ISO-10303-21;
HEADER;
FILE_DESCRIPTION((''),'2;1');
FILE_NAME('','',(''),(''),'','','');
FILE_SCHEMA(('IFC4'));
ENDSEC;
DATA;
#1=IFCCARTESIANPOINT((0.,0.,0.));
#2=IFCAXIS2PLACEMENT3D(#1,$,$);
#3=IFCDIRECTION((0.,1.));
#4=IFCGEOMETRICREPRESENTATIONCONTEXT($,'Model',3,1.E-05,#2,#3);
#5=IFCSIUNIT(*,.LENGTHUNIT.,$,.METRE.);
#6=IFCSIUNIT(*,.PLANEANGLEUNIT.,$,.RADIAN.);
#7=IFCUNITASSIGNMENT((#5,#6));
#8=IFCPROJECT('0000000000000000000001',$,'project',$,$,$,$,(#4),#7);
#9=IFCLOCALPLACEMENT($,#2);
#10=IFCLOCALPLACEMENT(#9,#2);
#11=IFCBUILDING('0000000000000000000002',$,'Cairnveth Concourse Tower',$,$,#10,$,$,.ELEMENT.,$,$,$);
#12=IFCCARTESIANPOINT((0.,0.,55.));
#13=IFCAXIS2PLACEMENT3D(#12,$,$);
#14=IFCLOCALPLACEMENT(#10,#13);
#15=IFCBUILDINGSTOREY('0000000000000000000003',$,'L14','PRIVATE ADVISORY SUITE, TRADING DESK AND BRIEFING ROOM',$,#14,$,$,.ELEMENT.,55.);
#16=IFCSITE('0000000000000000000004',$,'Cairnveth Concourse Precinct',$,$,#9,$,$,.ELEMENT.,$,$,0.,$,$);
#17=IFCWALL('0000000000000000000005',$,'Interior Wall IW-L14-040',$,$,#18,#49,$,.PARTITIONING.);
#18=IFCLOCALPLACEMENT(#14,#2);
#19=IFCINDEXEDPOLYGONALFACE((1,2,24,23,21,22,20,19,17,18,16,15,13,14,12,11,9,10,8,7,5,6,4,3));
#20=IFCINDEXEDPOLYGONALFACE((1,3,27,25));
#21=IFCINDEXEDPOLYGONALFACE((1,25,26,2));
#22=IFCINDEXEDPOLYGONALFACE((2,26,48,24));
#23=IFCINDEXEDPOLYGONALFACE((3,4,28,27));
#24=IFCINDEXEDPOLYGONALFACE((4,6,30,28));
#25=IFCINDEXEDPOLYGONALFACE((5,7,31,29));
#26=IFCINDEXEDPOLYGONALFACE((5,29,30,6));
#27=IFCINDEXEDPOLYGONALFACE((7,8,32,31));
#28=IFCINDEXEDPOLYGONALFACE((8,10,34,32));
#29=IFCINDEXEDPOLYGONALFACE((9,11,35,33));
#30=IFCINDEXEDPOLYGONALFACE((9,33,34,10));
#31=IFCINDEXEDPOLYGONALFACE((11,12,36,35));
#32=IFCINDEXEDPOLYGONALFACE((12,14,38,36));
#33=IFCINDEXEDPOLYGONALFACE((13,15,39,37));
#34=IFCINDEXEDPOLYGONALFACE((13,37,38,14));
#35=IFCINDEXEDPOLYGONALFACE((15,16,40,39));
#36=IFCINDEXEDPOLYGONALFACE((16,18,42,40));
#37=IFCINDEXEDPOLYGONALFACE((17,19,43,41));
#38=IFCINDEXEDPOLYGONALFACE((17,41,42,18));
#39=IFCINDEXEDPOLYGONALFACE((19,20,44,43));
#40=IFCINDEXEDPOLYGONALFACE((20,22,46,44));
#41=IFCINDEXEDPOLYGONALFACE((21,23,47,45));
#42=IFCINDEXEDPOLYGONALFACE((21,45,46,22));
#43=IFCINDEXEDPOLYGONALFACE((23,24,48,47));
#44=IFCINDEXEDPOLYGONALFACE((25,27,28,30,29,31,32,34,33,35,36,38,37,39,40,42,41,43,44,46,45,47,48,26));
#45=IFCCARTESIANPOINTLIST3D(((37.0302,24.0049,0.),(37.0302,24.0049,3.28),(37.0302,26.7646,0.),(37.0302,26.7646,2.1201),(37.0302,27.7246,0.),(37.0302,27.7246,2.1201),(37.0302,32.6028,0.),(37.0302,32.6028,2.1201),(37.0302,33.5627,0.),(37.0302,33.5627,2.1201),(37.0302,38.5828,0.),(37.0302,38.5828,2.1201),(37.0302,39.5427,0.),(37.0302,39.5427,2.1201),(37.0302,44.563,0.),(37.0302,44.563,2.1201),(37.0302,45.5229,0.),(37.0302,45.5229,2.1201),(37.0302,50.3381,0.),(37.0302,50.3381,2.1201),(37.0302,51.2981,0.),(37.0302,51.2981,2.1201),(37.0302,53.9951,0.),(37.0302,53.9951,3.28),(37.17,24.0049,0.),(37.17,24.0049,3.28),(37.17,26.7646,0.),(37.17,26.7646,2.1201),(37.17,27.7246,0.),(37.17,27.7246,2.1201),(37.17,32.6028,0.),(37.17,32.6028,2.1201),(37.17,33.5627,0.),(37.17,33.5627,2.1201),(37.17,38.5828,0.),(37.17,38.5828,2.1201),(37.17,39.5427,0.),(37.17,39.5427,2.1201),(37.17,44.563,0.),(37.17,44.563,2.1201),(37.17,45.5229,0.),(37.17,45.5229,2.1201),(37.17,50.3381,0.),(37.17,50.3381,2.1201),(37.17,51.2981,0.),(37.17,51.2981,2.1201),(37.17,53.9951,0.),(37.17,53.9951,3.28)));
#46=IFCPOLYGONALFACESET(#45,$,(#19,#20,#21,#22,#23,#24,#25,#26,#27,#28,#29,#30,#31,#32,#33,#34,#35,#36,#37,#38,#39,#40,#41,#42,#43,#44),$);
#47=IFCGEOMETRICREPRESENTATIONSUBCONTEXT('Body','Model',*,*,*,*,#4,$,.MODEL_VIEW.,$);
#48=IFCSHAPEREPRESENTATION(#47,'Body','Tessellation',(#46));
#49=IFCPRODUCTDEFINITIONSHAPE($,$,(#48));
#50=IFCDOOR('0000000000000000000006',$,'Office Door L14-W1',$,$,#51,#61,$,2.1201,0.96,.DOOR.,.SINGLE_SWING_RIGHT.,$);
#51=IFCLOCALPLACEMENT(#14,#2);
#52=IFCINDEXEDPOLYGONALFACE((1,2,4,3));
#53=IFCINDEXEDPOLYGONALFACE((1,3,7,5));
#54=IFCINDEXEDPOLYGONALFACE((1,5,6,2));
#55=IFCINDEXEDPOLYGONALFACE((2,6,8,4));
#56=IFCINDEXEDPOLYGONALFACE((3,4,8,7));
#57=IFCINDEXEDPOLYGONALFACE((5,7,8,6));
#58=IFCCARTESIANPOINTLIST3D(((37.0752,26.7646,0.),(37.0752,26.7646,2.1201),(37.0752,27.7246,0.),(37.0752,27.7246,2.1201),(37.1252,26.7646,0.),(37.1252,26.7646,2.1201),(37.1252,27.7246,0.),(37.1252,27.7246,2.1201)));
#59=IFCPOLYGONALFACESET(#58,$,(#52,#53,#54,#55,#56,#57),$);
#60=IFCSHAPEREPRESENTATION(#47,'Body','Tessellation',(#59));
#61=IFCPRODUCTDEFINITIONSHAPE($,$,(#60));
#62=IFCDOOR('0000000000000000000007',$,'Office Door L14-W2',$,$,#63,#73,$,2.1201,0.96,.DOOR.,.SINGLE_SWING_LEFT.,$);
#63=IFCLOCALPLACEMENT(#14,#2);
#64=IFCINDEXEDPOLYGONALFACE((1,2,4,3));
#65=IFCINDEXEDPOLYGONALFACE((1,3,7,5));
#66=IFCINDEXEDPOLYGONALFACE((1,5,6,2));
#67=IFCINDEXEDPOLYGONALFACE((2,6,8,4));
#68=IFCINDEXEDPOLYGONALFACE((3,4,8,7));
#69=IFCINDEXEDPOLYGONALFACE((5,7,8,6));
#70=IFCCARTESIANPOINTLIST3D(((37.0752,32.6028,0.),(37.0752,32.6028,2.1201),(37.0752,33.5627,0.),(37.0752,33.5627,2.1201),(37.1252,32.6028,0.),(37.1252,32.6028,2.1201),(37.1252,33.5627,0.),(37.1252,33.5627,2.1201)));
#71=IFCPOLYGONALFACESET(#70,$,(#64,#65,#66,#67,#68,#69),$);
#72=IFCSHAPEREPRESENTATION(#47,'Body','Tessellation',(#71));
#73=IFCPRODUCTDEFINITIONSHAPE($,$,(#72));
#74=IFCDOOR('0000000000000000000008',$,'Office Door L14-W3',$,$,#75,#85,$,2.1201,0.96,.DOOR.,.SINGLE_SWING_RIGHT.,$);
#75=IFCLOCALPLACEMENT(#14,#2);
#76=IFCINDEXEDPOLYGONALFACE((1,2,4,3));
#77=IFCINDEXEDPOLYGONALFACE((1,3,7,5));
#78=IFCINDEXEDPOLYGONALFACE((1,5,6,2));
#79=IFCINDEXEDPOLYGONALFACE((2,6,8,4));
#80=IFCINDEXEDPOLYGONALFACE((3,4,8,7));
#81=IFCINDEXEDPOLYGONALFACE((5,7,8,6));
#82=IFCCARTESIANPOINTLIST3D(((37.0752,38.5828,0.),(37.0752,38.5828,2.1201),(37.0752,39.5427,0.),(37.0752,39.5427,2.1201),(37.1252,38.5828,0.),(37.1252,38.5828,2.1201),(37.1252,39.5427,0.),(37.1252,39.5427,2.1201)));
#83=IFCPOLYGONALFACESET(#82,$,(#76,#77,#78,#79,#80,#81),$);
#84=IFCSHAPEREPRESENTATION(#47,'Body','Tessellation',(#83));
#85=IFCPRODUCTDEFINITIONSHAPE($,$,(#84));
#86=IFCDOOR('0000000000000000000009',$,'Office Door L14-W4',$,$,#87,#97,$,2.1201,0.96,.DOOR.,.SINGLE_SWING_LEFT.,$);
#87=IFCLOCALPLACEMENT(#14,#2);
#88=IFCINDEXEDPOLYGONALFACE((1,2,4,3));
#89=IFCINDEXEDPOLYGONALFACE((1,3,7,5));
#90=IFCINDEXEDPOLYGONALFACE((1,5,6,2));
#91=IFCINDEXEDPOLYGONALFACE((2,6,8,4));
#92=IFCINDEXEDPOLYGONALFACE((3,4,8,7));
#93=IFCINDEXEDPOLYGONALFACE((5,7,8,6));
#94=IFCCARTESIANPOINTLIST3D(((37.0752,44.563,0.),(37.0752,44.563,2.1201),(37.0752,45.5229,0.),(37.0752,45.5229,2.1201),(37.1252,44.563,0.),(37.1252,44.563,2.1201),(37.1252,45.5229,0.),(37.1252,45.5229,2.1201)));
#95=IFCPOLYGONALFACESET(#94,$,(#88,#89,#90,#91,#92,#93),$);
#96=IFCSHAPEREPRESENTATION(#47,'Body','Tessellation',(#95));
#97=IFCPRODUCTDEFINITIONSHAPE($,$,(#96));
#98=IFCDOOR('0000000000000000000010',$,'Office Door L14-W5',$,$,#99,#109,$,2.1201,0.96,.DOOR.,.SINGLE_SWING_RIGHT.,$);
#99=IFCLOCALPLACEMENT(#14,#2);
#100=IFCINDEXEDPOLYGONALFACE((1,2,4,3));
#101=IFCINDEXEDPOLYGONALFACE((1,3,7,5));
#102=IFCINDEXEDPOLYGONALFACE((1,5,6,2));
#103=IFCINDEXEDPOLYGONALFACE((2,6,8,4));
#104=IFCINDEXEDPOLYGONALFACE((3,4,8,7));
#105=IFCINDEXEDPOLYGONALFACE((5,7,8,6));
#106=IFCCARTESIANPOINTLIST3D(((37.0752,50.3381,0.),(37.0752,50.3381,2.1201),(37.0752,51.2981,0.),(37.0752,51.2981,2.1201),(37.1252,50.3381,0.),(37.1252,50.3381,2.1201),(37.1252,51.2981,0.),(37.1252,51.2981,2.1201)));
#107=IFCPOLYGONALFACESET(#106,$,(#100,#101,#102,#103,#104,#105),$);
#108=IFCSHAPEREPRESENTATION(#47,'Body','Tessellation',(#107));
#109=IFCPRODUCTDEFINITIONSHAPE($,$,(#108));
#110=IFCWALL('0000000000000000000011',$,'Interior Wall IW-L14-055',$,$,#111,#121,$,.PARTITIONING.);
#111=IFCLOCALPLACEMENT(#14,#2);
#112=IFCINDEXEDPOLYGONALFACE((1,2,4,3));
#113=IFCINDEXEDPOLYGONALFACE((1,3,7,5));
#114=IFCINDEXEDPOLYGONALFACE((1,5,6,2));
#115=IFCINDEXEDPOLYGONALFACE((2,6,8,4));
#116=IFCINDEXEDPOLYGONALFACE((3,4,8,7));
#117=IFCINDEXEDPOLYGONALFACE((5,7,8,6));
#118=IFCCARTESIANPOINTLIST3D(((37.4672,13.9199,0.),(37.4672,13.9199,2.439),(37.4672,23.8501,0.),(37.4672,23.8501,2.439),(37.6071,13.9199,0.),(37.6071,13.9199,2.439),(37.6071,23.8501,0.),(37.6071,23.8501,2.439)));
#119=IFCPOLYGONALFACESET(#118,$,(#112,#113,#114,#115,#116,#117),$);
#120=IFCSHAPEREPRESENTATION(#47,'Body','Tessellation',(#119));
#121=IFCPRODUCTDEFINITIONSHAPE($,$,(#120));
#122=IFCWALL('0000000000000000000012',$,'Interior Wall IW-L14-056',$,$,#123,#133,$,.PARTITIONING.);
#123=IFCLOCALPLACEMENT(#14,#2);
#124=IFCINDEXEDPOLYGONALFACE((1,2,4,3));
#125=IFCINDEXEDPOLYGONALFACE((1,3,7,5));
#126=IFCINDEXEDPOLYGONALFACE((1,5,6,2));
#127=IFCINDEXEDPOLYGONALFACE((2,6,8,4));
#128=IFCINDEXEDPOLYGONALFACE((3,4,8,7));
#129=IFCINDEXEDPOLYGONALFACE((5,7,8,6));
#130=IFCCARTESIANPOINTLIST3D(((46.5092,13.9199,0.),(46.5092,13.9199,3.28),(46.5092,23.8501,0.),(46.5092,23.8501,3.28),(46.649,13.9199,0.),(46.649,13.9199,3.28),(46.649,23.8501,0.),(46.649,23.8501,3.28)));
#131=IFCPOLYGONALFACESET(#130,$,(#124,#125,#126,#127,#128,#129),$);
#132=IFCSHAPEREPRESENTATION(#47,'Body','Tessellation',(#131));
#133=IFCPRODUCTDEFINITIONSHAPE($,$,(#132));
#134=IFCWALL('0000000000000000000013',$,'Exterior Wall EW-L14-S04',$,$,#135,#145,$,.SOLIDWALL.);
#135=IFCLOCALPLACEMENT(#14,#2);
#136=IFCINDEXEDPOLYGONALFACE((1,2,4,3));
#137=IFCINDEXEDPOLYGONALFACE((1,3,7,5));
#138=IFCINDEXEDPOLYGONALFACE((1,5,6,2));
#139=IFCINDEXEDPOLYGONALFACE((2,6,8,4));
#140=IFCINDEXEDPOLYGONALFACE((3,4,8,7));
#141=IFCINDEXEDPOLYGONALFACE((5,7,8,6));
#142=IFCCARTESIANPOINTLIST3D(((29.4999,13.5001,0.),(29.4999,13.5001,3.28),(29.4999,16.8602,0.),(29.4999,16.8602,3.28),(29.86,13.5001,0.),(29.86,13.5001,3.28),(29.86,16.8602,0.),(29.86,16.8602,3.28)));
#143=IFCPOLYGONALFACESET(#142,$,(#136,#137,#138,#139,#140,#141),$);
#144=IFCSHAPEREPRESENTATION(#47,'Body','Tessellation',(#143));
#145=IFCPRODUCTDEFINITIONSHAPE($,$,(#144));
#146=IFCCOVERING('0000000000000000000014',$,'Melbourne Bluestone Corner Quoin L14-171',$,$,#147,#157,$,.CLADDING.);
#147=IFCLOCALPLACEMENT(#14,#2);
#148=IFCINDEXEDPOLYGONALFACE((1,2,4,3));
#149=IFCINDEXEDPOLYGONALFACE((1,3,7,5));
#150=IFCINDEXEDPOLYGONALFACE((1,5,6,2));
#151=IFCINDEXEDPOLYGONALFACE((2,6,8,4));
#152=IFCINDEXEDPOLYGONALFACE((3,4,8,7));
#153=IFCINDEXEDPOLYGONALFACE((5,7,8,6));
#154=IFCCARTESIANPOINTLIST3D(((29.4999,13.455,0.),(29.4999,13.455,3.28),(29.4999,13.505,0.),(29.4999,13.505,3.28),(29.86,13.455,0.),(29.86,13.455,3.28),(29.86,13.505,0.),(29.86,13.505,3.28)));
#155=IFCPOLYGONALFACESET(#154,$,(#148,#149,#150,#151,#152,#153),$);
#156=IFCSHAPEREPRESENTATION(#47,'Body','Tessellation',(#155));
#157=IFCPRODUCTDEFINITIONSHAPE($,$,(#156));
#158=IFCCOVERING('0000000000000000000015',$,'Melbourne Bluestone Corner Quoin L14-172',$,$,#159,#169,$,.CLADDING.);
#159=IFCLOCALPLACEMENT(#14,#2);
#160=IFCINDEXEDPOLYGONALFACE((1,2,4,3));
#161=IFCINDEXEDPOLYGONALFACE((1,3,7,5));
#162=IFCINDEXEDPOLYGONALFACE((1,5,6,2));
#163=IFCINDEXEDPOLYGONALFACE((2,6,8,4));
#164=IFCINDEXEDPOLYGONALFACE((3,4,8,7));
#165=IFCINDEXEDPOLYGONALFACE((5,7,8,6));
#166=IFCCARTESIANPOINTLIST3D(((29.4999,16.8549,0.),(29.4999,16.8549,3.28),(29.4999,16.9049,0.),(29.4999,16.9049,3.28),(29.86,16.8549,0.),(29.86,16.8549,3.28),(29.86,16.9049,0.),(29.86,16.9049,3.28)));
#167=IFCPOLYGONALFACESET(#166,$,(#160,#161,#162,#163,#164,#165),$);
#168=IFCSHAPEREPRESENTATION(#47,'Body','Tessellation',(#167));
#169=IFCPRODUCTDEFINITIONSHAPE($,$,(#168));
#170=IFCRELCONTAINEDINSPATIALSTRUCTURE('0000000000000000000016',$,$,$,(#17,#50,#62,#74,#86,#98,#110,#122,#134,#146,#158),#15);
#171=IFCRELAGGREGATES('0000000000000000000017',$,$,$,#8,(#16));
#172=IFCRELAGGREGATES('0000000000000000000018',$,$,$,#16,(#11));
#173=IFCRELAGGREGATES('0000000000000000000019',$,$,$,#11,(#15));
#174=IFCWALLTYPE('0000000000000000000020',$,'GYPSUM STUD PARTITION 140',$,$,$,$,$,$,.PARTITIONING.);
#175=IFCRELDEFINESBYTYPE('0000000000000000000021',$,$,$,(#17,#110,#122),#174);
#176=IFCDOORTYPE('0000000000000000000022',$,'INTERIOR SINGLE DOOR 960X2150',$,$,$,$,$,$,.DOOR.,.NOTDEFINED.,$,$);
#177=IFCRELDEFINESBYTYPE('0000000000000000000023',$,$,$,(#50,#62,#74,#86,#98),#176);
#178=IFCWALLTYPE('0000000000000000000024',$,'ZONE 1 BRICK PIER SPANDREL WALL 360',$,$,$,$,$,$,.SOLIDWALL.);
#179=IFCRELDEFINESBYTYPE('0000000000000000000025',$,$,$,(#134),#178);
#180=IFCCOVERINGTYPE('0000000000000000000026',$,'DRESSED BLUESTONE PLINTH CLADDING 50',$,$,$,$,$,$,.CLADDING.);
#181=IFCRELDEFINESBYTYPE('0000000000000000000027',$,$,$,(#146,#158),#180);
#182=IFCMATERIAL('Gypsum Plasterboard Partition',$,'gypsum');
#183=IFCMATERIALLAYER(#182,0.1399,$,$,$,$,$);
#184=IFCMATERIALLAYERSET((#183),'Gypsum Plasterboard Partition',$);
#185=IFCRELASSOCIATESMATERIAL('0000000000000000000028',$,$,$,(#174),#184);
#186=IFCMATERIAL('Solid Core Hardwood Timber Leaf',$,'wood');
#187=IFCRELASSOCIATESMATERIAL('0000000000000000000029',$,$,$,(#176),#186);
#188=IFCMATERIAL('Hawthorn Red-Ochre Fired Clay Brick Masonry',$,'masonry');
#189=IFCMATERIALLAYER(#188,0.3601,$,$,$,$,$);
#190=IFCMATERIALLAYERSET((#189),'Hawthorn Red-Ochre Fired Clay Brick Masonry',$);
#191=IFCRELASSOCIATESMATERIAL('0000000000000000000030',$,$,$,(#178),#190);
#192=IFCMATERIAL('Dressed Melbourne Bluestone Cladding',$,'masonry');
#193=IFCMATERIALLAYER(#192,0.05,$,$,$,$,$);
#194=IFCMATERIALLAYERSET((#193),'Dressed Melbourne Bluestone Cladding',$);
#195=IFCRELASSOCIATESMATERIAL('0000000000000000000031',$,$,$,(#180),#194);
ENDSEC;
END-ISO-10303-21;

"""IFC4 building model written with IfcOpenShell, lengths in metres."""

from ifc_helpers import new_model, si_unit, direction, frame, frame_2d, origin, place, context, subcontext, project, spatial, rectangle, extrude, material, layer, layer_set, type_object, element, fill, save


model = new_model("IFC4")

# Units and contexts
model_context = context("Model", 3, precision=1e-05, world=origin(), true_north=direction((0.0, 1.0)))
body_context = subcontext(model_context, "Body", "Model", "MODEL_VIEW")
ifc_project = project(units=[si_unit("LENGTHUNIT", "METRE"), si_unit("PLANEANGLEUNIT", "RADIAN")], contexts=[model_context])

# Site, building, storey
site_placement = place(None, origin())
site = spatial("IfcSite", under=ifc_project, at=site_placement, Name="Cairnveth Concourse Precinct", CompositionType="ELEMENT", RefElevation=0.0)
building_placement = place(site_placement, origin())
building = spatial("IfcBuilding", under=site, at=building_placement, Name="Cairnveth Concourse Tower", CompositionType="ELEMENT")
storey_placement = place(building_placement, frame((0.0, 0.0, 55.0)))
storey = spatial("IfcBuildingStorey", under=building, at=storey_placement, Name="L14", Description="PRIVATE ADVISORY SUITE, TRADING DESK AND BRIEFING ROOM", CompositionType="ELEMENT", Elevation=55.0)

# Wall, openings, doors
ifc_material_1 = material(Name="Gypsum Plasterboard Partition", Category="gypsum")
ifc_layer_1 = layer(ifc_material_1, 0.1399)
ifc_layer_set_1 = layer_set([ifc_layer_1], Name="Gypsum Plasterboard Partition")
wall_type_1 = type_object("IfcWallType", Name="GYPSUM STUD PARTITION 140", PredefinedType="PARTITIONING", material=ifc_layer_set_1)
ifc_material_2 = material(Name="Solid Core Hardwood Timber Leaf", Category="wood")
door_type = type_object("IfcDoorType", Name="INTERIOR SINGLE DOOR 960X2150", OperationType="NOTDEFINED", PredefinedType="DOOR", material=ifc_material_2)
wall_1_placement = place(storey_placement, frame((37.1001, 24.0049, 0.0), z_axis=(0.0, 0.0, 1.0), x_axis=(0.0, 1.0, 0.0)))
wall_1 = element("IfcWall", 1, at=wall_1_placement, inside=storey, type_object=wall_type_1, Name="Interior Wall IW-L14-040", PredefinedType="PARTITIONING", context=body_context, shape_type="SweptSolid", body=[
    extrude(rectangle(XDim=29.9902, YDim=0.1399, at=frame_2d((14.9951, 0.0))), origin(), (0.0, 0.0, 1.0), 3.28),
])
opening_1_placement = place(wall_1_placement, frame((2.7598, 0.0, 0.0)))
opening_1 = element("IfcOpeningElement", 2, at=opening_1_placement, cuts=wall_1, PredefinedType="OPENING", context=body_context, shape_type="SweptSolid", body=[
    extrude(rectangle(XDim=0.96, YDim=2.1201, at=frame_2d((0.48, 1.0601))), frame((0.0, 0.0798, 0.0), z_axis=(0.0, -1.0, 0.0), x_axis=(1.0, 0.0, 0.0)), (0.0, 0.0, 1.0), 0.1599),
])
opening_2_placement = place(wall_1_placement, frame((8.5979, 0.0, 0.0)))
opening_2 = element("IfcOpeningElement", 3, at=opening_2_placement, cuts=wall_1, PredefinedType="OPENING", context=body_context, shape_type="SweptSolid", body=[
    extrude(rectangle(XDim=0.96, YDim=2.1201, at=frame_2d((0.48, 1.0601))), frame((0.0, 0.0798, 0.0), z_axis=(0.0, -1.0, 0.0), x_axis=(1.0, 0.0, 0.0)), (0.0, 0.0, 1.0), 0.1599),
])
opening_3_placement = place(wall_1_placement, frame((14.5779, 0.0, 0.0)))
opening_3 = element("IfcOpeningElement", 4, at=opening_3_placement, cuts=wall_1, PredefinedType="OPENING", context=body_context, shape_type="SweptSolid", body=[
    extrude(rectangle(XDim=0.96, YDim=2.1201, at=frame_2d((0.48, 1.0601))), frame((0.0, 0.0798, 0.0), z_axis=(0.0, -1.0, 0.0), x_axis=(1.0, 0.0, 0.0)), (0.0, 0.0, 1.0), 0.1599),
])
opening_4_placement = place(wall_1_placement, frame((20.5581, 0.0, 0.0)))
opening_4 = element("IfcOpeningElement", 5, at=opening_4_placement, cuts=wall_1, PredefinedType="OPENING", context=body_context, shape_type="SweptSolid", body=[
    extrude(rectangle(XDim=0.96, YDim=2.1201, at=frame_2d((0.48, 1.0601))), frame((0.0, 0.0798, 0.0), z_axis=(0.0, -1.0, 0.0), x_axis=(1.0, 0.0, 0.0)), (0.0, 0.0, 1.0), 0.1599),
])
opening_5_placement = place(wall_1_placement, frame((26.3333, 0.0, 0.0)))
opening_5 = element("IfcOpeningElement", 6, at=opening_5_placement, cuts=wall_1, PredefinedType="OPENING", context=body_context, shape_type="SweptSolid", body=[
    extrude(rectangle(XDim=0.96, YDim=2.1201, at=frame_2d((0.48, 1.0601))), frame((0.0, 0.0798, 0.0), z_axis=(0.0, -1.0, 0.0), x_axis=(1.0, 0.0, 0.0)), (0.0, 0.0, 1.0), 0.1599),
])
door_1_placement = place(opening_1_placement, origin())
door_1 = element("IfcDoor", 7, at=door_1_placement, inside=storey, type_object=door_type, Name="Office Door L14-W1", OperationType="SINGLE_SWING_RIGHT", OverallHeight=2.1201, OverallWidth=0.96, PredefinedType="DOOR", context=body_context, shape_type="SweptSolid", body=[
    extrude(rectangle(XDim=0.96, YDim=2.1201, at=frame_2d((0.48, 1.0601))), frame((0.0, 0.0249, 0.0), z_axis=(0.0, -1.0, 0.0), x_axis=(1.0, 0.0, 0.0)), (0.0, 0.0, 1.0), 0.05),
])
fill(opening_1, door_1)
door_2_placement = place(opening_2_placement, origin())
door_2 = element("IfcDoor", 8, at=door_2_placement, inside=storey, type_object=door_type, Name="Office Door L14-W2", OperationType="SINGLE_SWING_LEFT", OverallHeight=2.1201, OverallWidth=0.96, PredefinedType="DOOR", context=body_context, shape_type="SweptSolid", body=[
    extrude(rectangle(XDim=0.96, YDim=2.1201, at=frame_2d((0.48, 1.0601))), frame((0.0, 0.0249, 0.0), z_axis=(0.0, -1.0, 0.0), x_axis=(1.0, 0.0, 0.0)), (0.0, 0.0, 1.0), 0.05),
])
fill(opening_2, door_2)
door_3_placement = place(opening_3_placement, origin())
door_3 = element("IfcDoor", 9, at=door_3_placement, inside=storey, type_object=door_type, Name="Office Door L14-W3", OperationType="SINGLE_SWING_RIGHT", OverallHeight=2.1201, OverallWidth=0.96, PredefinedType="DOOR", context=body_context, shape_type="SweptSolid", body=[
    extrude(rectangle(XDim=0.96, YDim=2.1201, at=frame_2d((0.48, 1.0601))), frame((0.0, 0.0249, 0.0), z_axis=(0.0, -1.0, 0.0), x_axis=(1.0, 0.0, 0.0)), (0.0, 0.0, 1.0), 0.05),
])
fill(opening_3, door_3)
door_4_placement = place(opening_4_placement, origin())
door_4 = element("IfcDoor", 10, at=door_4_placement, inside=storey, type_object=door_type, Name="Office Door L14-W4", OperationType="SINGLE_SWING_LEFT", OverallHeight=2.1201, OverallWidth=0.96, PredefinedType="DOOR", context=body_context, shape_type="SweptSolid", body=[
    extrude(rectangle(XDim=0.96, YDim=2.1201, at=frame_2d((0.48, 1.0601))), frame((0.0, 0.0249, 0.0), z_axis=(0.0, -1.0, 0.0), x_axis=(1.0, 0.0, 0.0)), (0.0, 0.0, 1.0), 0.05),
])
fill(opening_4, door_4)
door_5_placement = place(opening_5_placement, origin())
door_5 = element("IfcDoor", 11, at=door_5_placement, inside=storey, type_object=door_type, Name="Office Door L14-W5", OperationType="SINGLE_SWING_RIGHT", OverallHeight=2.1201, OverallWidth=0.96, PredefinedType="DOOR", context=body_context, shape_type="SweptSolid", body=[
    extrude(rectangle(XDim=0.96, YDim=2.1201, at=frame_2d((0.48, 1.0601))), frame((0.0, 0.0249, 0.0), z_axis=(0.0, -1.0, 0.0), x_axis=(1.0, 0.0, 0.0)), (0.0, 0.0, 1.0), 0.05),
])
fill(opening_5, door_5)

# Walls
wall_2_placement = place(storey_placement, frame((37.5371, 13.9199, 0.0), z_axis=(0.0, 0.0, 1.0), x_axis=(0.0, 1.0, 0.0)))
element("IfcWall", 12, at=wall_2_placement, inside=storey, type_object=wall_type_1, Name="Interior Wall IW-L14-055", PredefinedType="PARTITIONING", context=body_context, shape_type="SweptSolid", body=[
    extrude(rectangle(XDim=9.9302, YDim=0.1399, at=frame_2d((4.9651, 0.0))), origin(), (0.0, 0.0, 1.0), 2.439),
])
wall_3_placement = place(storey_placement, frame((46.5791, 13.9199, 0.0), z_axis=(0.0, 0.0, 1.0), x_axis=(0.0, 1.0, 0.0)))
element("IfcWall", 13, at=wall_3_placement, inside=storey, type_object=wall_type_1, Name="Interior Wall IW-L14-056", PredefinedType="PARTITIONING", context=body_context, shape_type="SweptSolid", body=[
    extrude(rectangle(XDim=9.9302, YDim=0.1399, at=frame_2d((4.9651, 0.0))), origin(), (0.0, 0.0, 1.0), 3.28),
])
ifc_material_3 = material(Name="Hawthorn Red-Ochre Fired Clay Brick Masonry", Category="masonry")
ifc_layer_2 = layer(ifc_material_3, 0.3601)
ifc_layer_set_2 = layer_set([ifc_layer_2], Name="Hawthorn Red-Ochre Fired Clay Brick Masonry")
wall_type_2 = type_object("IfcWallType", Name="ZONE 1 BRICK PIER SPANDREL WALL 360", PredefinedType="SOLIDWALL", material=ifc_layer_set_2)
wall_4_placement = place(storey_placement, frame((29.6799, 13.5, 0.0), z_axis=(0.0, 0.0, 1.0), x_axis=(0.0, 1.0, 0.0)))
element("IfcWall", 14, at=wall_4_placement, inside=storey, type_object=wall_type_2, Name="Exterior Wall EW-L14-S04", PredefinedType="SOLIDWALL", context=body_context, shape_type="SweptSolid", body=[
    extrude(rectangle(XDim=3.3601, YDim=0.3601, at=frame_2d((1.6802, 0.0))), origin(), (0.0, 0.0, 1.0), 3.28),
])

# Coverings
ifc_material_4 = material(Name="Dressed Melbourne Bluestone Cladding", Category="masonry")
ifc_layer_3 = layer(ifc_material_4, 0.05)
ifc_layer_set_3 = layer_set([ifc_layer_3], Name="Dressed Melbourne Bluestone Cladding")
covering_type = type_object("IfcCoveringType", Name="DRESSED BLUESTONE PLINTH CLADDING 50", PredefinedType="CLADDING", material=ifc_layer_set_3)
for number, where, z_axis, x_axis, name in (
    (15, (29.8601, 13.48, 0.0), (0.0, 0.0, 1.0), (-1.0, 0.0, 0.0), "Melbourne Bluestone Corner Quoin L14-171"),
    (16, (29.8601, 16.8799, 0.0), (0.0, 0.0, 1.0), (-1.0, 0.0, 0.0), "Melbourne Bluestone Corner Quoin L14-172"),
):
    element("IfcCovering", number, at=place(storey_placement, frame(where, z_axis=z_axis, x_axis=x_axis)), inside=storey, type_object=covering_type, Name=name, PredefinedType="CLADDING", context=body_context, shape_type="SweptSolid", body=[
        extrude(rectangle(XDim=0.3601, YDim=0.05, at=frame_2d((0.1802, 0.0))), origin(), (0.0, 0.0, 1.0), 3.28),
    ])

save(model, "model.ifc")
